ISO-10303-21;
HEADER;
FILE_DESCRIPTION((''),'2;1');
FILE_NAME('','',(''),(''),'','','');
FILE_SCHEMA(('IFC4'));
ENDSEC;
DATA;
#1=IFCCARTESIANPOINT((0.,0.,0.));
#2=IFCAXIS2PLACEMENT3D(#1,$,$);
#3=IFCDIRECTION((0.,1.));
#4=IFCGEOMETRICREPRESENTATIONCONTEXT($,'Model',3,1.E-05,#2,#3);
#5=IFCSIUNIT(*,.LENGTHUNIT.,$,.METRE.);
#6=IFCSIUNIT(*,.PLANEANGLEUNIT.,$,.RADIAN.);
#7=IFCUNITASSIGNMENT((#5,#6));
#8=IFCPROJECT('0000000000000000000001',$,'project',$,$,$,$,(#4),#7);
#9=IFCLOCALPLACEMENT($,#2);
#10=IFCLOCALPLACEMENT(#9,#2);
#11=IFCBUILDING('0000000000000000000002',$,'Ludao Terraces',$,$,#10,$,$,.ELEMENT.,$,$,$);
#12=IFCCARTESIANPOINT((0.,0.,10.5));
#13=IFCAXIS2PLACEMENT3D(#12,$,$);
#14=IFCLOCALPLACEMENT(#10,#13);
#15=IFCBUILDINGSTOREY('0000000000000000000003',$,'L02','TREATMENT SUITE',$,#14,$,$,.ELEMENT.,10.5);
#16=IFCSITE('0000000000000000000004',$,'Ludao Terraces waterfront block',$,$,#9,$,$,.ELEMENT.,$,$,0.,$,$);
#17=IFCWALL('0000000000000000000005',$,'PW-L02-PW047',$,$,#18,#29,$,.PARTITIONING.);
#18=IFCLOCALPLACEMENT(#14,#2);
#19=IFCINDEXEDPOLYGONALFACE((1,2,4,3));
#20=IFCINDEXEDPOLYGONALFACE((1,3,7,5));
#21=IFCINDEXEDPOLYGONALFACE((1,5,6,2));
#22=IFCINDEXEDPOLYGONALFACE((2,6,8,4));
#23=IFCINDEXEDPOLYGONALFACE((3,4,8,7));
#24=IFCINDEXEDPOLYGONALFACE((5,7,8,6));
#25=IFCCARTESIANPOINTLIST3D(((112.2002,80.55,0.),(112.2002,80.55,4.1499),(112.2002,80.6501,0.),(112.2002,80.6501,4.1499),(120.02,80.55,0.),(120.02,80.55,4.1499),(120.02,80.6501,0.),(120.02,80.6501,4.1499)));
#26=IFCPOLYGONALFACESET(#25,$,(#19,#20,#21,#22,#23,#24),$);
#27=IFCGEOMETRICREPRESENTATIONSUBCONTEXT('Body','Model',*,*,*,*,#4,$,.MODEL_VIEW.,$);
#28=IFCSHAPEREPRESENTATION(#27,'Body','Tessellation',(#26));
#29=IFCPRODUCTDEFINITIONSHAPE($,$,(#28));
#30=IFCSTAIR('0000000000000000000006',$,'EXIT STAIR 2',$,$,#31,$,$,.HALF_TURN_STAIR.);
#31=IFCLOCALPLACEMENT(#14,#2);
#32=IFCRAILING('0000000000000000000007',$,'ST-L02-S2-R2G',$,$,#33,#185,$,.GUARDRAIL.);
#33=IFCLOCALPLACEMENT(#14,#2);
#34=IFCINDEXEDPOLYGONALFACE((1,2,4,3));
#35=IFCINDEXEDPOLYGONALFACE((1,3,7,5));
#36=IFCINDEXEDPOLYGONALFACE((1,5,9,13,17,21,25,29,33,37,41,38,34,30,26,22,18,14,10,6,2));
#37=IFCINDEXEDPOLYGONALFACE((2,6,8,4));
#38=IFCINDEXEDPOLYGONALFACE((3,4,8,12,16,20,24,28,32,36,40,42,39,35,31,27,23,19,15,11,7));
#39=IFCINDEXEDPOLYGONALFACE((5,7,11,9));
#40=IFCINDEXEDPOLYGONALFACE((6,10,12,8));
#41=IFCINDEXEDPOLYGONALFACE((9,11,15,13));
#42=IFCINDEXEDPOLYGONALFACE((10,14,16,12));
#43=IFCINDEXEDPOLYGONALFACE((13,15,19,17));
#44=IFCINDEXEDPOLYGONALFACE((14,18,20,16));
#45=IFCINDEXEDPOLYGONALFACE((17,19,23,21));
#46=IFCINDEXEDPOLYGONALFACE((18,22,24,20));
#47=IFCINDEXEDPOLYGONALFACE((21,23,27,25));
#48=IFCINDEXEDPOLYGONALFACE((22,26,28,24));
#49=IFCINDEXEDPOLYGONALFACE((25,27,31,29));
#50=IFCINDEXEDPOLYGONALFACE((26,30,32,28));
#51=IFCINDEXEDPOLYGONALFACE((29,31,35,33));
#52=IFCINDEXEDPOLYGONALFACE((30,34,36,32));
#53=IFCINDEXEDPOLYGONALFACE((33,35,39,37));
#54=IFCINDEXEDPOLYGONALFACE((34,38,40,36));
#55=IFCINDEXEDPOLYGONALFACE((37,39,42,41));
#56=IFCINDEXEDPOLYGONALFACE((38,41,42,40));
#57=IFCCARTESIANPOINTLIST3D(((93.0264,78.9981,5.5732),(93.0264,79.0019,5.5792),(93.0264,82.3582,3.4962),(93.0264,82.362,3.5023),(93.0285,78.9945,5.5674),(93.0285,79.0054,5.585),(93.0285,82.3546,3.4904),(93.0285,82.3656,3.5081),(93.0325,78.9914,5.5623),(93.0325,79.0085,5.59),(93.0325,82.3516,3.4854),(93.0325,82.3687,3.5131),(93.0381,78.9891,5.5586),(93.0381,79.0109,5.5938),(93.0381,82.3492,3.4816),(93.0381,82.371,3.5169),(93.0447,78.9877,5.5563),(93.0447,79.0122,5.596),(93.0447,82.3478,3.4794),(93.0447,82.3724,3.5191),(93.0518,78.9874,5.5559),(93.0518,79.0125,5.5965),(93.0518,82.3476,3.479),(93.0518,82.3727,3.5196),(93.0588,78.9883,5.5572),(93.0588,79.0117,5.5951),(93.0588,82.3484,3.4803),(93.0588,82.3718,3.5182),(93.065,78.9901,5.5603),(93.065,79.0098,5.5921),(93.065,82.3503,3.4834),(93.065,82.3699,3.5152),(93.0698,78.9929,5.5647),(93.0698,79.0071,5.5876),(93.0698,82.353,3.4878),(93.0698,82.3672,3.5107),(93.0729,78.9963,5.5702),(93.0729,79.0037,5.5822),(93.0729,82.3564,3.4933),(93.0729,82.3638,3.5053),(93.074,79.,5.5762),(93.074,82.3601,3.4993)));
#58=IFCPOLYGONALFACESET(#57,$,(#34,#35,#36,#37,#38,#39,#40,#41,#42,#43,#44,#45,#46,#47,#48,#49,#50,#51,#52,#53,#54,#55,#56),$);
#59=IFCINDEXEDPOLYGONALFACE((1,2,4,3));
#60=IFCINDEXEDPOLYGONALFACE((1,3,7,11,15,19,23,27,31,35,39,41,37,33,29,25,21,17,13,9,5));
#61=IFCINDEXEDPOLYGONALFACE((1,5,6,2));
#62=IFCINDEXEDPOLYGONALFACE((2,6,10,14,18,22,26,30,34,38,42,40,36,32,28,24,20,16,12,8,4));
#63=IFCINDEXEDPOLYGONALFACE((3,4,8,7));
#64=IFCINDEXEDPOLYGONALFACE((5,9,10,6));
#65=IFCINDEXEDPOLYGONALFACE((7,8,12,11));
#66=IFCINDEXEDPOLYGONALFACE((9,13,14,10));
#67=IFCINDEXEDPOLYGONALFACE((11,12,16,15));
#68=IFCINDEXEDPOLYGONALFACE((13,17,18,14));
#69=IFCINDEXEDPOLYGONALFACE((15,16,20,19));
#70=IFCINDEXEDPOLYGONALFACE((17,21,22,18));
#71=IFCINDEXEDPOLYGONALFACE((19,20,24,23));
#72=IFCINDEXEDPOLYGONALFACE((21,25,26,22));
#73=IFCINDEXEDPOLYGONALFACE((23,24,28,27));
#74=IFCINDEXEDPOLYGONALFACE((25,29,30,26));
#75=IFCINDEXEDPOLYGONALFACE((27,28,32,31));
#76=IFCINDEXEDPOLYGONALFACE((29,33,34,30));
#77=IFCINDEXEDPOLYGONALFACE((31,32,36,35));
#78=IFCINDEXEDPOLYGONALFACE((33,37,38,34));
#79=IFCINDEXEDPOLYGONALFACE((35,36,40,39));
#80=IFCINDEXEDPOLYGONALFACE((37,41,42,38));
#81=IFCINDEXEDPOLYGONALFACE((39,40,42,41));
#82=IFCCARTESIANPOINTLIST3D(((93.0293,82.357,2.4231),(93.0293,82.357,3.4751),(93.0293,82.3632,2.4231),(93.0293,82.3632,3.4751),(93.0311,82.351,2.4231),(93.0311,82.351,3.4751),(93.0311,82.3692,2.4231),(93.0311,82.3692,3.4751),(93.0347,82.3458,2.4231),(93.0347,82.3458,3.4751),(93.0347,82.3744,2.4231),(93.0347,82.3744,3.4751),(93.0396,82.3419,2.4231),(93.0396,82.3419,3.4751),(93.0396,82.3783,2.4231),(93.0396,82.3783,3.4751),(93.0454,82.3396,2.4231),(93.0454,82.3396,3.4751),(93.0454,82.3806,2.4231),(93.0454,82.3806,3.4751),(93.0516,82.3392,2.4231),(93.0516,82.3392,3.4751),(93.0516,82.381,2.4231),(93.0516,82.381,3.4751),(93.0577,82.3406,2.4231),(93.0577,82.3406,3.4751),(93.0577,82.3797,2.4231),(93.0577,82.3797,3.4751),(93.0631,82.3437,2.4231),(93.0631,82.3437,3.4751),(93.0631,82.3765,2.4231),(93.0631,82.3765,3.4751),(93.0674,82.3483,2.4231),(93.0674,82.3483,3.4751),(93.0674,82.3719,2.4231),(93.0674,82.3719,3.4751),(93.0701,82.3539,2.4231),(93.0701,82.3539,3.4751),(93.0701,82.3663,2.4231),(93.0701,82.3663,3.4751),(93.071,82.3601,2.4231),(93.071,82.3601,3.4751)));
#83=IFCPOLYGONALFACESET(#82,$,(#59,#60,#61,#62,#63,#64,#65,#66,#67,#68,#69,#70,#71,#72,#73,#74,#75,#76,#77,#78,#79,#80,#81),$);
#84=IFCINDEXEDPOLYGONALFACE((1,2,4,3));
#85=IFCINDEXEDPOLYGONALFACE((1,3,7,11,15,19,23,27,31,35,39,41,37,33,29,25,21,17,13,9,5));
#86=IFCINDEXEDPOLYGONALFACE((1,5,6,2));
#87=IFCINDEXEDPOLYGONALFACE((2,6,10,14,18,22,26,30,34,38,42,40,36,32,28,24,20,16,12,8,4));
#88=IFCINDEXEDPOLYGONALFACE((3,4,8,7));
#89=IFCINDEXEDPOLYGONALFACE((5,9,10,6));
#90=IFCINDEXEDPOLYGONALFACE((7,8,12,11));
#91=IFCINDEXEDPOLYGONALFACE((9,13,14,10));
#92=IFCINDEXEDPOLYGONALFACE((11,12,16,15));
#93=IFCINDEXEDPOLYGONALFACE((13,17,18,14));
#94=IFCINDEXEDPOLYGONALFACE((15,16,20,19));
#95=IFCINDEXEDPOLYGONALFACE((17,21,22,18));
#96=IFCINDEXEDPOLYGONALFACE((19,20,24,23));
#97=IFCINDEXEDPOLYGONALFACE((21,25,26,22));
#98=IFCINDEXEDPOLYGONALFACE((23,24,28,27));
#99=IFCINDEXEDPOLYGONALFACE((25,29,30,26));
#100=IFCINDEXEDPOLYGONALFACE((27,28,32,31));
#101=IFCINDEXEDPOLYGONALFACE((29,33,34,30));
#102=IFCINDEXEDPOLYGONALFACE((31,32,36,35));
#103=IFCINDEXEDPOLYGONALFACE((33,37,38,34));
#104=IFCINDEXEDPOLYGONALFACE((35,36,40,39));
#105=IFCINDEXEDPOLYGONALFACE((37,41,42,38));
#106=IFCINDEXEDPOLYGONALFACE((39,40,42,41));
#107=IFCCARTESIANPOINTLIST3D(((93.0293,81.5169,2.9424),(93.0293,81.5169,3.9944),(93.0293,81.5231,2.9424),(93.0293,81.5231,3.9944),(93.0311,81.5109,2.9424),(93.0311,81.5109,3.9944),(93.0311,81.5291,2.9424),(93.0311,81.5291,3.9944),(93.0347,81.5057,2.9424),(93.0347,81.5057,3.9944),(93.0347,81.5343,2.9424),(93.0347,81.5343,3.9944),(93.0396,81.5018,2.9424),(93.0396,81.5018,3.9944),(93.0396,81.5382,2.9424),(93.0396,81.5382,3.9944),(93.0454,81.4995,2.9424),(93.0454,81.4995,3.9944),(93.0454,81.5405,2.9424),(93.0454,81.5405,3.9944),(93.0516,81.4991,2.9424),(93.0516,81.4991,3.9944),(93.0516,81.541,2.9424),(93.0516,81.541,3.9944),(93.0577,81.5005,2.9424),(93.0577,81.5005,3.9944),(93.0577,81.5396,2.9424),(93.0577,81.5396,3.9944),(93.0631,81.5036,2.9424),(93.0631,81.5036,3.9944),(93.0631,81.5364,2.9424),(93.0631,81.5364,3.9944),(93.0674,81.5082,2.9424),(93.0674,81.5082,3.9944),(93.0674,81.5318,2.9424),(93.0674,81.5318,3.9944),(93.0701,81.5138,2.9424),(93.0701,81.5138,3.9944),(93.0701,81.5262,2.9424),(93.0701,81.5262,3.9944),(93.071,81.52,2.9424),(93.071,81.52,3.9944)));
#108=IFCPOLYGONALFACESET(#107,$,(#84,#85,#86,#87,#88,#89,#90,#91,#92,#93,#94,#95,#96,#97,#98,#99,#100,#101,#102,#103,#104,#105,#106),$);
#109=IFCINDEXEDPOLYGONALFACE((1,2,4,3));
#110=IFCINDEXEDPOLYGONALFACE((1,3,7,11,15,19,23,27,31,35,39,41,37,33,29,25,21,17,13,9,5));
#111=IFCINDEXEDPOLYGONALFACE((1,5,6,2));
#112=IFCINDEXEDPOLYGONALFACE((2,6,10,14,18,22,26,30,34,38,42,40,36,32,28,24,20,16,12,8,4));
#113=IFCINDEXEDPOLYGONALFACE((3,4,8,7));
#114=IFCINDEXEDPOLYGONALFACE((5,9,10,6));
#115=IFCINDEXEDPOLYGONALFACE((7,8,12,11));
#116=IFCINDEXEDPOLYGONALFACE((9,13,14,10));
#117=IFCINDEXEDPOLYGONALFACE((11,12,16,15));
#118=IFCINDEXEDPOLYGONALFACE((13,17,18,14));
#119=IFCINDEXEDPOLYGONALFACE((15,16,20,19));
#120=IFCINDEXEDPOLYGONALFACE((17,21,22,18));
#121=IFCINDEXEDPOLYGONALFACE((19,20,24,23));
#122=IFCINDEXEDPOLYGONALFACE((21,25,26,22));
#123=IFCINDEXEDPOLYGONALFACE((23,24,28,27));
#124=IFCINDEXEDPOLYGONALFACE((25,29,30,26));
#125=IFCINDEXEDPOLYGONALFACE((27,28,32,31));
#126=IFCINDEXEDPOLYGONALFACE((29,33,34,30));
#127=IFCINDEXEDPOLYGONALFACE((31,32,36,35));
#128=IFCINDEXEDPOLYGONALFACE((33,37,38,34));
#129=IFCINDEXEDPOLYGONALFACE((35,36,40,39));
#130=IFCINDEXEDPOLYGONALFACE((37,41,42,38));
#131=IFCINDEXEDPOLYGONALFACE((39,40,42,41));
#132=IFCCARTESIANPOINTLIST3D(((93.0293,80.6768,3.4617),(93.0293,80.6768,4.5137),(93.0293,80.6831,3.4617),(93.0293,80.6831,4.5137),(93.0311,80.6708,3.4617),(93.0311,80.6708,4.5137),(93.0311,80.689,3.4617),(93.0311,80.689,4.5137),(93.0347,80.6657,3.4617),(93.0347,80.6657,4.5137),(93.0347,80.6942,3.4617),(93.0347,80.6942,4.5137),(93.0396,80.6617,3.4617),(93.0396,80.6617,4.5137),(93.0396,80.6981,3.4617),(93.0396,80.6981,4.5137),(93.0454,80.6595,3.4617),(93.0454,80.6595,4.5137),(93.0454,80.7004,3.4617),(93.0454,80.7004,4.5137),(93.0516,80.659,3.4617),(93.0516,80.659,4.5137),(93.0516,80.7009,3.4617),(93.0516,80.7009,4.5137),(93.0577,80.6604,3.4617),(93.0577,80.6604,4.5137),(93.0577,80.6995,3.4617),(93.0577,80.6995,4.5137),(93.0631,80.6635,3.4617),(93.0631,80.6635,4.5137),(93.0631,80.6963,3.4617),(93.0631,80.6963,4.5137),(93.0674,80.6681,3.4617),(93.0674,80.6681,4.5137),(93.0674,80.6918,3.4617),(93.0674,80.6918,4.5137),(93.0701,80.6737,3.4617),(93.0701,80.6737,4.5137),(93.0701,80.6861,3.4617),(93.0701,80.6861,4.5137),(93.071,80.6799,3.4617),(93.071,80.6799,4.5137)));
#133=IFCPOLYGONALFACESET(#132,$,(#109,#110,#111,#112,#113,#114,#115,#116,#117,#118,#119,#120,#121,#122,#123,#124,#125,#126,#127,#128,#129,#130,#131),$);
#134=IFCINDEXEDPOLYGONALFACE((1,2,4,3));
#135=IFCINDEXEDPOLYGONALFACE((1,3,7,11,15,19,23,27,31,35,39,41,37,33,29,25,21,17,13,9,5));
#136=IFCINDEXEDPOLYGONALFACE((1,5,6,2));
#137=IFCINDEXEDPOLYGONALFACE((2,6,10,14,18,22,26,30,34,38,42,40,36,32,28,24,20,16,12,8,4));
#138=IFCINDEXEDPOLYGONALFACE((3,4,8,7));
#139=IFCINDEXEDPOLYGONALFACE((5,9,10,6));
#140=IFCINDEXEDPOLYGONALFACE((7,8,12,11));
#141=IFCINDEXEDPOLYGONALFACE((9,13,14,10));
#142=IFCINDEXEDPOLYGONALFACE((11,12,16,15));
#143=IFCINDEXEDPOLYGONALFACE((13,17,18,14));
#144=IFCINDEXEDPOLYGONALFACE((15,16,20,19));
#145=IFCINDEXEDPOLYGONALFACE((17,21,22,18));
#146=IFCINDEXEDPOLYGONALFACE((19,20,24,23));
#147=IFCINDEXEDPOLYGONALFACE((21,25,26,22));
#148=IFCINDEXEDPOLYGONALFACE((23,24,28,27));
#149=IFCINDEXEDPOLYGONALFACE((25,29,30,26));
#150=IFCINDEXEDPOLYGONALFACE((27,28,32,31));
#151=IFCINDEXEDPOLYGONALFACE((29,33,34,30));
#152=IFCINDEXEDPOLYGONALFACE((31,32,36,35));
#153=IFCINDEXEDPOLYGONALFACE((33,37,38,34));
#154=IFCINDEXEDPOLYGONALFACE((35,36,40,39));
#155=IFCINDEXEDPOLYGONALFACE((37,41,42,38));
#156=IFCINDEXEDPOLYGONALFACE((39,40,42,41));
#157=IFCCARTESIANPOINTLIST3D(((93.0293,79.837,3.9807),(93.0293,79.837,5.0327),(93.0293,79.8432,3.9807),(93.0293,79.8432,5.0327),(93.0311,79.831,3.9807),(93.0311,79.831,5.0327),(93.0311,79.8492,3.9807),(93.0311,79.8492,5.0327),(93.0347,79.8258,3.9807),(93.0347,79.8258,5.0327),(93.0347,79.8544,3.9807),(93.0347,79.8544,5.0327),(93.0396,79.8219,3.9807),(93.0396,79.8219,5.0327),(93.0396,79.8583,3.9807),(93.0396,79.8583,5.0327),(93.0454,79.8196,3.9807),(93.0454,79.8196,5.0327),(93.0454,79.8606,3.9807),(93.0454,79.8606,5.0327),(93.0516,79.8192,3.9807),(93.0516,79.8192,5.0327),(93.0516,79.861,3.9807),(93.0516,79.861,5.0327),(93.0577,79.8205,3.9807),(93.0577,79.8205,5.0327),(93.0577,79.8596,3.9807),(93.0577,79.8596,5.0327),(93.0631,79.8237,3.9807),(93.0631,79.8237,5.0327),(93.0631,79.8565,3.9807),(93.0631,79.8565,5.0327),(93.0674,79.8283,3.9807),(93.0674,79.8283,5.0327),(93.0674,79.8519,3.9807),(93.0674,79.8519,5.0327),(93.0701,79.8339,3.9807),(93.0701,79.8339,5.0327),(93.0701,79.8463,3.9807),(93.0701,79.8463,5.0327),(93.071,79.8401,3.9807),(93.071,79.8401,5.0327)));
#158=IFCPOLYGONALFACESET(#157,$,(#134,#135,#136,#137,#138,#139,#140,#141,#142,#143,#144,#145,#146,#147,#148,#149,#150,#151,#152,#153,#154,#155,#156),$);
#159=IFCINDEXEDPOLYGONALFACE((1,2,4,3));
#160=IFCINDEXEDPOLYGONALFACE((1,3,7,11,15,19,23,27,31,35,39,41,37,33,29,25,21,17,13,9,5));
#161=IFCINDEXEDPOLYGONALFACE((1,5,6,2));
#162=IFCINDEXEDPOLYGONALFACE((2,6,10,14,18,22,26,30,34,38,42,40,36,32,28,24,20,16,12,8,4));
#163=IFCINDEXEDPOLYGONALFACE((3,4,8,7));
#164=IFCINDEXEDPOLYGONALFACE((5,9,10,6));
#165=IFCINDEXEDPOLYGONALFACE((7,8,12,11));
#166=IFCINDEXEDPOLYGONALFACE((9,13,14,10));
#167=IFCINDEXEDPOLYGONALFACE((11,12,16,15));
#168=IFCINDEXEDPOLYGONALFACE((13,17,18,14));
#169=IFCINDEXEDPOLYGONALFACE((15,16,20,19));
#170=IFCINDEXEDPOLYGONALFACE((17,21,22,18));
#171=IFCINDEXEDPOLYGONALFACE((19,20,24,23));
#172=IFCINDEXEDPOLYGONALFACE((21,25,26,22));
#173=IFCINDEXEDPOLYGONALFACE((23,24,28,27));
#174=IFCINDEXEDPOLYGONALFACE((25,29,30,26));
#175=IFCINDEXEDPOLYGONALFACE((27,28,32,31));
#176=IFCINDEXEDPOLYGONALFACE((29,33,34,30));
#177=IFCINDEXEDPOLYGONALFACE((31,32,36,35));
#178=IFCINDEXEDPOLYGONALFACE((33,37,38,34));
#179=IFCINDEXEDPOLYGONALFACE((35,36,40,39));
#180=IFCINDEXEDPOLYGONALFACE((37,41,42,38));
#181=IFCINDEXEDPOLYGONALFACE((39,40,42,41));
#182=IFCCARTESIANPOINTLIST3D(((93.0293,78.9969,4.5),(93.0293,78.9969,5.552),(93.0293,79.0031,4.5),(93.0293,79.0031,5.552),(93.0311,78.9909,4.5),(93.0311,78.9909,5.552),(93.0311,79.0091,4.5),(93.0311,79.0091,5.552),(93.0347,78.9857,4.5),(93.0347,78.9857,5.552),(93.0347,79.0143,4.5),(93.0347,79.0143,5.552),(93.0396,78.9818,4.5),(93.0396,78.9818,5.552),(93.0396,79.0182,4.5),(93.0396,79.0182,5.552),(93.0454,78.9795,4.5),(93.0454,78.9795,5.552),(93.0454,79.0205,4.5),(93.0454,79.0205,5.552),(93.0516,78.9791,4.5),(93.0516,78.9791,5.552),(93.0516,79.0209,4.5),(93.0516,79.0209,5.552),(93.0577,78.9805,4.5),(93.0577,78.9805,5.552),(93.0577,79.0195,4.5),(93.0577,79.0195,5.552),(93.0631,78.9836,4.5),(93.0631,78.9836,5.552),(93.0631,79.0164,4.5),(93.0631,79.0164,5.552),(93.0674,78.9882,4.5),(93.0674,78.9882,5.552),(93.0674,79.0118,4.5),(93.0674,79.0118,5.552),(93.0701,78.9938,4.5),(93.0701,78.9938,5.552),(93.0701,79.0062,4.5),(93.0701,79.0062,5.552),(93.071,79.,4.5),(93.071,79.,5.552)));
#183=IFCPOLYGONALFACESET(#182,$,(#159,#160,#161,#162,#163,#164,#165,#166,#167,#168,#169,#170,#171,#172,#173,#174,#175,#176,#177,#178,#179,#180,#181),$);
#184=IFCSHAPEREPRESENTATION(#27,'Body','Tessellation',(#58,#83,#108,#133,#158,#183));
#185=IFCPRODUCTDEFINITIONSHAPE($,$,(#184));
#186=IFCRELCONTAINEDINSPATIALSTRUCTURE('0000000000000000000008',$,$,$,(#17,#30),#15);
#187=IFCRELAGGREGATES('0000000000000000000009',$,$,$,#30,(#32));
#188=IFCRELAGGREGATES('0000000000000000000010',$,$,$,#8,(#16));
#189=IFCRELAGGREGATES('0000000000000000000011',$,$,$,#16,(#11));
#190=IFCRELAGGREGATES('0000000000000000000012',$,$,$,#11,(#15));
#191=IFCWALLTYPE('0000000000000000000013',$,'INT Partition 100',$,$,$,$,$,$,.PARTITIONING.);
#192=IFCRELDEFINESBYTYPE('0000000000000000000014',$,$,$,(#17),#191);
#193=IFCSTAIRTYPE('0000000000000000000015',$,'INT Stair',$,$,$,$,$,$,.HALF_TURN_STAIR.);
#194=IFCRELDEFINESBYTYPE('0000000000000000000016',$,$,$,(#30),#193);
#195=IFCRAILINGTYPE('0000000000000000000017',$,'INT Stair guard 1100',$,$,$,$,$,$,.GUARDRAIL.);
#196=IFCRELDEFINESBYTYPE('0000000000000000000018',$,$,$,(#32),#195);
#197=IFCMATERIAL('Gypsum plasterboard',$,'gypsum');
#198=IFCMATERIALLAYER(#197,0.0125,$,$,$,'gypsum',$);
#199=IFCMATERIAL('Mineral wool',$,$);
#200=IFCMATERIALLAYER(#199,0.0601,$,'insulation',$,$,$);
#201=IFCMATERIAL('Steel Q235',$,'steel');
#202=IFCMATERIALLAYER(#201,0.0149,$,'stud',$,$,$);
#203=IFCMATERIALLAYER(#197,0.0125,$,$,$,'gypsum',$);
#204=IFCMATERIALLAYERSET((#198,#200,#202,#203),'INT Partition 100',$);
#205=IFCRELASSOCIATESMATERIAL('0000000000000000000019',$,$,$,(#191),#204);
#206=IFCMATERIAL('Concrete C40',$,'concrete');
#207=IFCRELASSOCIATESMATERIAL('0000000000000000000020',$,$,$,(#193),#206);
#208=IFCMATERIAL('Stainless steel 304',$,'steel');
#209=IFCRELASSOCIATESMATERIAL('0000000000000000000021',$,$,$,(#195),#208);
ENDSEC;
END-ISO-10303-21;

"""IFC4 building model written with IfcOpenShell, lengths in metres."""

from ifc_helpers import new_model, si_unit, direction, frame, frame_2d, origin, origin_2d, place, context, subcontext, project, spatial, rectangle, circle, extrude, material, layer, layer_set, type_object, element, aggregate, save


model = new_model("IFC4")

# Units and contexts
model_context = context("Model", 3, precision=1e-05, world=origin(), true_north=direction((0.0, 1.0)))
body_context = subcontext(model_context, "Body", "Model", "MODEL_VIEW")
ifc_project = project(units=[si_unit("LENGTHUNIT", "METRE"), si_unit("PLANEANGLEUNIT", "RADIAN")], contexts=[model_context])

# Site, building, storey
site_placement = place(None, origin())
site = spatial("IfcSite", under=ifc_project, at=site_placement, Name="Ludao Terraces waterfront block", CompositionType="ELEMENT", RefElevation=0.0)
building_placement = place(site_placement, origin())
building = spatial("IfcBuilding", under=site, at=building_placement, Name="Ludao Terraces", CompositionType="ELEMENT")
storey_placement = place(building_placement, frame((0.0, 0.0, 10.5)))
storey = spatial("IfcBuildingStorey", under=building, at=storey_placement, Name="L02", Description="TREATMENT SUITE", CompositionType="ELEMENT", Elevation=10.5)

# Shared definitions
ifc_material_1 = material(Name="Steel Q235", Category="steel")

# Shared definitions
ifc_material_2 = material(Name="Mineral wool")
ifc_material_3 = material(Name="Concrete C40", Category="concrete")

# Wall
ifc_material_4 = material(Name="Gypsum plasterboard", Category="gypsum")
ifc_layer_1 = layer(ifc_material_4, 0.0125, Category="gypsum")
ifc_layer_2 = layer(ifc_material_2, 0.0601, Name="insulation")
ifc_layer_3 = layer(ifc_material_1, 0.0149, Name="stud")
ifc_layer_4 = layer(ifc_material_4, 0.0125, Category="gypsum")
ifc_layer_set_1 = layer_set([ifc_layer_1, ifc_layer_2, ifc_layer_3, ifc_layer_4], Name="INT Partition 100")
wall_type_1 = type_object("IfcWallType", Name="INT Partition 100", PredefinedType="PARTITIONING", material=ifc_layer_set_1)
wall_1_placement = place(storey_placement, frame((112.2002, 80.6001, 0.0), z_axis=(0.0, 0.0, 1.0), x_axis=(1.0, 0.0, 0.0)))
element("IfcWall", 1, at=wall_1_placement, inside=storey, type_object=wall_type_1, Name="PW-L02-PW047", PredefinedType="PARTITIONING", context=body_context, shape_type="SweptSolid", body=[
    extrude(rectangle(XDim=7.8198, YDim=0.1001, at=frame_2d((3.9099, 0.0))), origin(), (0.0, 0.0, 1.0), 4.1499),
])

# Stair, railing
stair_type = type_object("IfcStairType", Name="INT Stair", PredefinedType="HALF_TURN_STAIR", material=ifc_material_3)
stair_placement = place(storey_placement, origin())
stair = element("IfcStair", 2, at=stair_placement, inside=storey, type_object=stair_type, Name="EXIT STAIR 2", PredefinedType="HALF_TURN_STAIR")
ifc_material_5 = material(Name="Stainless steel 304", Category="steel")
railing_type_1 = type_object("IfcRailingType", Name="INT Stair guard 1100", PredefinedType="GUARDRAIL", material=ifc_material_5)
railing_1_placement = place(storey_placement, frame((93.05, 82.3601, 2.4231)))
railing_1 = element("IfcRailing", 3, at=railing_1_placement, type_object=railing_type_1, Name="ST-L02-S2-R2G", PredefinedType="GUARDRAIL", context=body_context, shape_type="SweptSolid", body=[
    extrude(circle(Radius=0.0239, at=origin_2d()), frame((0.0, 0.0, 1.0762), z_axis=(0.0, -0.850623, 0.525776), x_axis=(1.0, 0.0, 0.0)), (0.0, 0.0, 1.0), 3.9502),
    extrude(circle(Radius=0.021, at=origin_2d()), origin(), (0.0, 0.0, 1.0), 1.052),
    extrude(circle(Radius=0.021, at=origin_2d()), frame((0.0, -0.8401, 0.5193)), (0.0, 0.0, 1.0), 1.052),
    extrude(circle(Radius=0.021, at=origin_2d()), frame((0.0, -1.6802, 1.0386)), (0.0, 0.0, 1.0), 1.052),
    extrude(circle(Radius=0.021, at=origin_2d()), frame((0.0, -2.52, 1.5576)), (0.0, 0.0, 1.0), 1.052),
    extrude(circle(Radius=0.021, at=origin_2d()), frame((0.0, -3.3601, 2.0769)), (0.0, 0.0, 1.0), 1.052),
])
aggregate(stair, [railing_1])

save(model, "model.ifc")
